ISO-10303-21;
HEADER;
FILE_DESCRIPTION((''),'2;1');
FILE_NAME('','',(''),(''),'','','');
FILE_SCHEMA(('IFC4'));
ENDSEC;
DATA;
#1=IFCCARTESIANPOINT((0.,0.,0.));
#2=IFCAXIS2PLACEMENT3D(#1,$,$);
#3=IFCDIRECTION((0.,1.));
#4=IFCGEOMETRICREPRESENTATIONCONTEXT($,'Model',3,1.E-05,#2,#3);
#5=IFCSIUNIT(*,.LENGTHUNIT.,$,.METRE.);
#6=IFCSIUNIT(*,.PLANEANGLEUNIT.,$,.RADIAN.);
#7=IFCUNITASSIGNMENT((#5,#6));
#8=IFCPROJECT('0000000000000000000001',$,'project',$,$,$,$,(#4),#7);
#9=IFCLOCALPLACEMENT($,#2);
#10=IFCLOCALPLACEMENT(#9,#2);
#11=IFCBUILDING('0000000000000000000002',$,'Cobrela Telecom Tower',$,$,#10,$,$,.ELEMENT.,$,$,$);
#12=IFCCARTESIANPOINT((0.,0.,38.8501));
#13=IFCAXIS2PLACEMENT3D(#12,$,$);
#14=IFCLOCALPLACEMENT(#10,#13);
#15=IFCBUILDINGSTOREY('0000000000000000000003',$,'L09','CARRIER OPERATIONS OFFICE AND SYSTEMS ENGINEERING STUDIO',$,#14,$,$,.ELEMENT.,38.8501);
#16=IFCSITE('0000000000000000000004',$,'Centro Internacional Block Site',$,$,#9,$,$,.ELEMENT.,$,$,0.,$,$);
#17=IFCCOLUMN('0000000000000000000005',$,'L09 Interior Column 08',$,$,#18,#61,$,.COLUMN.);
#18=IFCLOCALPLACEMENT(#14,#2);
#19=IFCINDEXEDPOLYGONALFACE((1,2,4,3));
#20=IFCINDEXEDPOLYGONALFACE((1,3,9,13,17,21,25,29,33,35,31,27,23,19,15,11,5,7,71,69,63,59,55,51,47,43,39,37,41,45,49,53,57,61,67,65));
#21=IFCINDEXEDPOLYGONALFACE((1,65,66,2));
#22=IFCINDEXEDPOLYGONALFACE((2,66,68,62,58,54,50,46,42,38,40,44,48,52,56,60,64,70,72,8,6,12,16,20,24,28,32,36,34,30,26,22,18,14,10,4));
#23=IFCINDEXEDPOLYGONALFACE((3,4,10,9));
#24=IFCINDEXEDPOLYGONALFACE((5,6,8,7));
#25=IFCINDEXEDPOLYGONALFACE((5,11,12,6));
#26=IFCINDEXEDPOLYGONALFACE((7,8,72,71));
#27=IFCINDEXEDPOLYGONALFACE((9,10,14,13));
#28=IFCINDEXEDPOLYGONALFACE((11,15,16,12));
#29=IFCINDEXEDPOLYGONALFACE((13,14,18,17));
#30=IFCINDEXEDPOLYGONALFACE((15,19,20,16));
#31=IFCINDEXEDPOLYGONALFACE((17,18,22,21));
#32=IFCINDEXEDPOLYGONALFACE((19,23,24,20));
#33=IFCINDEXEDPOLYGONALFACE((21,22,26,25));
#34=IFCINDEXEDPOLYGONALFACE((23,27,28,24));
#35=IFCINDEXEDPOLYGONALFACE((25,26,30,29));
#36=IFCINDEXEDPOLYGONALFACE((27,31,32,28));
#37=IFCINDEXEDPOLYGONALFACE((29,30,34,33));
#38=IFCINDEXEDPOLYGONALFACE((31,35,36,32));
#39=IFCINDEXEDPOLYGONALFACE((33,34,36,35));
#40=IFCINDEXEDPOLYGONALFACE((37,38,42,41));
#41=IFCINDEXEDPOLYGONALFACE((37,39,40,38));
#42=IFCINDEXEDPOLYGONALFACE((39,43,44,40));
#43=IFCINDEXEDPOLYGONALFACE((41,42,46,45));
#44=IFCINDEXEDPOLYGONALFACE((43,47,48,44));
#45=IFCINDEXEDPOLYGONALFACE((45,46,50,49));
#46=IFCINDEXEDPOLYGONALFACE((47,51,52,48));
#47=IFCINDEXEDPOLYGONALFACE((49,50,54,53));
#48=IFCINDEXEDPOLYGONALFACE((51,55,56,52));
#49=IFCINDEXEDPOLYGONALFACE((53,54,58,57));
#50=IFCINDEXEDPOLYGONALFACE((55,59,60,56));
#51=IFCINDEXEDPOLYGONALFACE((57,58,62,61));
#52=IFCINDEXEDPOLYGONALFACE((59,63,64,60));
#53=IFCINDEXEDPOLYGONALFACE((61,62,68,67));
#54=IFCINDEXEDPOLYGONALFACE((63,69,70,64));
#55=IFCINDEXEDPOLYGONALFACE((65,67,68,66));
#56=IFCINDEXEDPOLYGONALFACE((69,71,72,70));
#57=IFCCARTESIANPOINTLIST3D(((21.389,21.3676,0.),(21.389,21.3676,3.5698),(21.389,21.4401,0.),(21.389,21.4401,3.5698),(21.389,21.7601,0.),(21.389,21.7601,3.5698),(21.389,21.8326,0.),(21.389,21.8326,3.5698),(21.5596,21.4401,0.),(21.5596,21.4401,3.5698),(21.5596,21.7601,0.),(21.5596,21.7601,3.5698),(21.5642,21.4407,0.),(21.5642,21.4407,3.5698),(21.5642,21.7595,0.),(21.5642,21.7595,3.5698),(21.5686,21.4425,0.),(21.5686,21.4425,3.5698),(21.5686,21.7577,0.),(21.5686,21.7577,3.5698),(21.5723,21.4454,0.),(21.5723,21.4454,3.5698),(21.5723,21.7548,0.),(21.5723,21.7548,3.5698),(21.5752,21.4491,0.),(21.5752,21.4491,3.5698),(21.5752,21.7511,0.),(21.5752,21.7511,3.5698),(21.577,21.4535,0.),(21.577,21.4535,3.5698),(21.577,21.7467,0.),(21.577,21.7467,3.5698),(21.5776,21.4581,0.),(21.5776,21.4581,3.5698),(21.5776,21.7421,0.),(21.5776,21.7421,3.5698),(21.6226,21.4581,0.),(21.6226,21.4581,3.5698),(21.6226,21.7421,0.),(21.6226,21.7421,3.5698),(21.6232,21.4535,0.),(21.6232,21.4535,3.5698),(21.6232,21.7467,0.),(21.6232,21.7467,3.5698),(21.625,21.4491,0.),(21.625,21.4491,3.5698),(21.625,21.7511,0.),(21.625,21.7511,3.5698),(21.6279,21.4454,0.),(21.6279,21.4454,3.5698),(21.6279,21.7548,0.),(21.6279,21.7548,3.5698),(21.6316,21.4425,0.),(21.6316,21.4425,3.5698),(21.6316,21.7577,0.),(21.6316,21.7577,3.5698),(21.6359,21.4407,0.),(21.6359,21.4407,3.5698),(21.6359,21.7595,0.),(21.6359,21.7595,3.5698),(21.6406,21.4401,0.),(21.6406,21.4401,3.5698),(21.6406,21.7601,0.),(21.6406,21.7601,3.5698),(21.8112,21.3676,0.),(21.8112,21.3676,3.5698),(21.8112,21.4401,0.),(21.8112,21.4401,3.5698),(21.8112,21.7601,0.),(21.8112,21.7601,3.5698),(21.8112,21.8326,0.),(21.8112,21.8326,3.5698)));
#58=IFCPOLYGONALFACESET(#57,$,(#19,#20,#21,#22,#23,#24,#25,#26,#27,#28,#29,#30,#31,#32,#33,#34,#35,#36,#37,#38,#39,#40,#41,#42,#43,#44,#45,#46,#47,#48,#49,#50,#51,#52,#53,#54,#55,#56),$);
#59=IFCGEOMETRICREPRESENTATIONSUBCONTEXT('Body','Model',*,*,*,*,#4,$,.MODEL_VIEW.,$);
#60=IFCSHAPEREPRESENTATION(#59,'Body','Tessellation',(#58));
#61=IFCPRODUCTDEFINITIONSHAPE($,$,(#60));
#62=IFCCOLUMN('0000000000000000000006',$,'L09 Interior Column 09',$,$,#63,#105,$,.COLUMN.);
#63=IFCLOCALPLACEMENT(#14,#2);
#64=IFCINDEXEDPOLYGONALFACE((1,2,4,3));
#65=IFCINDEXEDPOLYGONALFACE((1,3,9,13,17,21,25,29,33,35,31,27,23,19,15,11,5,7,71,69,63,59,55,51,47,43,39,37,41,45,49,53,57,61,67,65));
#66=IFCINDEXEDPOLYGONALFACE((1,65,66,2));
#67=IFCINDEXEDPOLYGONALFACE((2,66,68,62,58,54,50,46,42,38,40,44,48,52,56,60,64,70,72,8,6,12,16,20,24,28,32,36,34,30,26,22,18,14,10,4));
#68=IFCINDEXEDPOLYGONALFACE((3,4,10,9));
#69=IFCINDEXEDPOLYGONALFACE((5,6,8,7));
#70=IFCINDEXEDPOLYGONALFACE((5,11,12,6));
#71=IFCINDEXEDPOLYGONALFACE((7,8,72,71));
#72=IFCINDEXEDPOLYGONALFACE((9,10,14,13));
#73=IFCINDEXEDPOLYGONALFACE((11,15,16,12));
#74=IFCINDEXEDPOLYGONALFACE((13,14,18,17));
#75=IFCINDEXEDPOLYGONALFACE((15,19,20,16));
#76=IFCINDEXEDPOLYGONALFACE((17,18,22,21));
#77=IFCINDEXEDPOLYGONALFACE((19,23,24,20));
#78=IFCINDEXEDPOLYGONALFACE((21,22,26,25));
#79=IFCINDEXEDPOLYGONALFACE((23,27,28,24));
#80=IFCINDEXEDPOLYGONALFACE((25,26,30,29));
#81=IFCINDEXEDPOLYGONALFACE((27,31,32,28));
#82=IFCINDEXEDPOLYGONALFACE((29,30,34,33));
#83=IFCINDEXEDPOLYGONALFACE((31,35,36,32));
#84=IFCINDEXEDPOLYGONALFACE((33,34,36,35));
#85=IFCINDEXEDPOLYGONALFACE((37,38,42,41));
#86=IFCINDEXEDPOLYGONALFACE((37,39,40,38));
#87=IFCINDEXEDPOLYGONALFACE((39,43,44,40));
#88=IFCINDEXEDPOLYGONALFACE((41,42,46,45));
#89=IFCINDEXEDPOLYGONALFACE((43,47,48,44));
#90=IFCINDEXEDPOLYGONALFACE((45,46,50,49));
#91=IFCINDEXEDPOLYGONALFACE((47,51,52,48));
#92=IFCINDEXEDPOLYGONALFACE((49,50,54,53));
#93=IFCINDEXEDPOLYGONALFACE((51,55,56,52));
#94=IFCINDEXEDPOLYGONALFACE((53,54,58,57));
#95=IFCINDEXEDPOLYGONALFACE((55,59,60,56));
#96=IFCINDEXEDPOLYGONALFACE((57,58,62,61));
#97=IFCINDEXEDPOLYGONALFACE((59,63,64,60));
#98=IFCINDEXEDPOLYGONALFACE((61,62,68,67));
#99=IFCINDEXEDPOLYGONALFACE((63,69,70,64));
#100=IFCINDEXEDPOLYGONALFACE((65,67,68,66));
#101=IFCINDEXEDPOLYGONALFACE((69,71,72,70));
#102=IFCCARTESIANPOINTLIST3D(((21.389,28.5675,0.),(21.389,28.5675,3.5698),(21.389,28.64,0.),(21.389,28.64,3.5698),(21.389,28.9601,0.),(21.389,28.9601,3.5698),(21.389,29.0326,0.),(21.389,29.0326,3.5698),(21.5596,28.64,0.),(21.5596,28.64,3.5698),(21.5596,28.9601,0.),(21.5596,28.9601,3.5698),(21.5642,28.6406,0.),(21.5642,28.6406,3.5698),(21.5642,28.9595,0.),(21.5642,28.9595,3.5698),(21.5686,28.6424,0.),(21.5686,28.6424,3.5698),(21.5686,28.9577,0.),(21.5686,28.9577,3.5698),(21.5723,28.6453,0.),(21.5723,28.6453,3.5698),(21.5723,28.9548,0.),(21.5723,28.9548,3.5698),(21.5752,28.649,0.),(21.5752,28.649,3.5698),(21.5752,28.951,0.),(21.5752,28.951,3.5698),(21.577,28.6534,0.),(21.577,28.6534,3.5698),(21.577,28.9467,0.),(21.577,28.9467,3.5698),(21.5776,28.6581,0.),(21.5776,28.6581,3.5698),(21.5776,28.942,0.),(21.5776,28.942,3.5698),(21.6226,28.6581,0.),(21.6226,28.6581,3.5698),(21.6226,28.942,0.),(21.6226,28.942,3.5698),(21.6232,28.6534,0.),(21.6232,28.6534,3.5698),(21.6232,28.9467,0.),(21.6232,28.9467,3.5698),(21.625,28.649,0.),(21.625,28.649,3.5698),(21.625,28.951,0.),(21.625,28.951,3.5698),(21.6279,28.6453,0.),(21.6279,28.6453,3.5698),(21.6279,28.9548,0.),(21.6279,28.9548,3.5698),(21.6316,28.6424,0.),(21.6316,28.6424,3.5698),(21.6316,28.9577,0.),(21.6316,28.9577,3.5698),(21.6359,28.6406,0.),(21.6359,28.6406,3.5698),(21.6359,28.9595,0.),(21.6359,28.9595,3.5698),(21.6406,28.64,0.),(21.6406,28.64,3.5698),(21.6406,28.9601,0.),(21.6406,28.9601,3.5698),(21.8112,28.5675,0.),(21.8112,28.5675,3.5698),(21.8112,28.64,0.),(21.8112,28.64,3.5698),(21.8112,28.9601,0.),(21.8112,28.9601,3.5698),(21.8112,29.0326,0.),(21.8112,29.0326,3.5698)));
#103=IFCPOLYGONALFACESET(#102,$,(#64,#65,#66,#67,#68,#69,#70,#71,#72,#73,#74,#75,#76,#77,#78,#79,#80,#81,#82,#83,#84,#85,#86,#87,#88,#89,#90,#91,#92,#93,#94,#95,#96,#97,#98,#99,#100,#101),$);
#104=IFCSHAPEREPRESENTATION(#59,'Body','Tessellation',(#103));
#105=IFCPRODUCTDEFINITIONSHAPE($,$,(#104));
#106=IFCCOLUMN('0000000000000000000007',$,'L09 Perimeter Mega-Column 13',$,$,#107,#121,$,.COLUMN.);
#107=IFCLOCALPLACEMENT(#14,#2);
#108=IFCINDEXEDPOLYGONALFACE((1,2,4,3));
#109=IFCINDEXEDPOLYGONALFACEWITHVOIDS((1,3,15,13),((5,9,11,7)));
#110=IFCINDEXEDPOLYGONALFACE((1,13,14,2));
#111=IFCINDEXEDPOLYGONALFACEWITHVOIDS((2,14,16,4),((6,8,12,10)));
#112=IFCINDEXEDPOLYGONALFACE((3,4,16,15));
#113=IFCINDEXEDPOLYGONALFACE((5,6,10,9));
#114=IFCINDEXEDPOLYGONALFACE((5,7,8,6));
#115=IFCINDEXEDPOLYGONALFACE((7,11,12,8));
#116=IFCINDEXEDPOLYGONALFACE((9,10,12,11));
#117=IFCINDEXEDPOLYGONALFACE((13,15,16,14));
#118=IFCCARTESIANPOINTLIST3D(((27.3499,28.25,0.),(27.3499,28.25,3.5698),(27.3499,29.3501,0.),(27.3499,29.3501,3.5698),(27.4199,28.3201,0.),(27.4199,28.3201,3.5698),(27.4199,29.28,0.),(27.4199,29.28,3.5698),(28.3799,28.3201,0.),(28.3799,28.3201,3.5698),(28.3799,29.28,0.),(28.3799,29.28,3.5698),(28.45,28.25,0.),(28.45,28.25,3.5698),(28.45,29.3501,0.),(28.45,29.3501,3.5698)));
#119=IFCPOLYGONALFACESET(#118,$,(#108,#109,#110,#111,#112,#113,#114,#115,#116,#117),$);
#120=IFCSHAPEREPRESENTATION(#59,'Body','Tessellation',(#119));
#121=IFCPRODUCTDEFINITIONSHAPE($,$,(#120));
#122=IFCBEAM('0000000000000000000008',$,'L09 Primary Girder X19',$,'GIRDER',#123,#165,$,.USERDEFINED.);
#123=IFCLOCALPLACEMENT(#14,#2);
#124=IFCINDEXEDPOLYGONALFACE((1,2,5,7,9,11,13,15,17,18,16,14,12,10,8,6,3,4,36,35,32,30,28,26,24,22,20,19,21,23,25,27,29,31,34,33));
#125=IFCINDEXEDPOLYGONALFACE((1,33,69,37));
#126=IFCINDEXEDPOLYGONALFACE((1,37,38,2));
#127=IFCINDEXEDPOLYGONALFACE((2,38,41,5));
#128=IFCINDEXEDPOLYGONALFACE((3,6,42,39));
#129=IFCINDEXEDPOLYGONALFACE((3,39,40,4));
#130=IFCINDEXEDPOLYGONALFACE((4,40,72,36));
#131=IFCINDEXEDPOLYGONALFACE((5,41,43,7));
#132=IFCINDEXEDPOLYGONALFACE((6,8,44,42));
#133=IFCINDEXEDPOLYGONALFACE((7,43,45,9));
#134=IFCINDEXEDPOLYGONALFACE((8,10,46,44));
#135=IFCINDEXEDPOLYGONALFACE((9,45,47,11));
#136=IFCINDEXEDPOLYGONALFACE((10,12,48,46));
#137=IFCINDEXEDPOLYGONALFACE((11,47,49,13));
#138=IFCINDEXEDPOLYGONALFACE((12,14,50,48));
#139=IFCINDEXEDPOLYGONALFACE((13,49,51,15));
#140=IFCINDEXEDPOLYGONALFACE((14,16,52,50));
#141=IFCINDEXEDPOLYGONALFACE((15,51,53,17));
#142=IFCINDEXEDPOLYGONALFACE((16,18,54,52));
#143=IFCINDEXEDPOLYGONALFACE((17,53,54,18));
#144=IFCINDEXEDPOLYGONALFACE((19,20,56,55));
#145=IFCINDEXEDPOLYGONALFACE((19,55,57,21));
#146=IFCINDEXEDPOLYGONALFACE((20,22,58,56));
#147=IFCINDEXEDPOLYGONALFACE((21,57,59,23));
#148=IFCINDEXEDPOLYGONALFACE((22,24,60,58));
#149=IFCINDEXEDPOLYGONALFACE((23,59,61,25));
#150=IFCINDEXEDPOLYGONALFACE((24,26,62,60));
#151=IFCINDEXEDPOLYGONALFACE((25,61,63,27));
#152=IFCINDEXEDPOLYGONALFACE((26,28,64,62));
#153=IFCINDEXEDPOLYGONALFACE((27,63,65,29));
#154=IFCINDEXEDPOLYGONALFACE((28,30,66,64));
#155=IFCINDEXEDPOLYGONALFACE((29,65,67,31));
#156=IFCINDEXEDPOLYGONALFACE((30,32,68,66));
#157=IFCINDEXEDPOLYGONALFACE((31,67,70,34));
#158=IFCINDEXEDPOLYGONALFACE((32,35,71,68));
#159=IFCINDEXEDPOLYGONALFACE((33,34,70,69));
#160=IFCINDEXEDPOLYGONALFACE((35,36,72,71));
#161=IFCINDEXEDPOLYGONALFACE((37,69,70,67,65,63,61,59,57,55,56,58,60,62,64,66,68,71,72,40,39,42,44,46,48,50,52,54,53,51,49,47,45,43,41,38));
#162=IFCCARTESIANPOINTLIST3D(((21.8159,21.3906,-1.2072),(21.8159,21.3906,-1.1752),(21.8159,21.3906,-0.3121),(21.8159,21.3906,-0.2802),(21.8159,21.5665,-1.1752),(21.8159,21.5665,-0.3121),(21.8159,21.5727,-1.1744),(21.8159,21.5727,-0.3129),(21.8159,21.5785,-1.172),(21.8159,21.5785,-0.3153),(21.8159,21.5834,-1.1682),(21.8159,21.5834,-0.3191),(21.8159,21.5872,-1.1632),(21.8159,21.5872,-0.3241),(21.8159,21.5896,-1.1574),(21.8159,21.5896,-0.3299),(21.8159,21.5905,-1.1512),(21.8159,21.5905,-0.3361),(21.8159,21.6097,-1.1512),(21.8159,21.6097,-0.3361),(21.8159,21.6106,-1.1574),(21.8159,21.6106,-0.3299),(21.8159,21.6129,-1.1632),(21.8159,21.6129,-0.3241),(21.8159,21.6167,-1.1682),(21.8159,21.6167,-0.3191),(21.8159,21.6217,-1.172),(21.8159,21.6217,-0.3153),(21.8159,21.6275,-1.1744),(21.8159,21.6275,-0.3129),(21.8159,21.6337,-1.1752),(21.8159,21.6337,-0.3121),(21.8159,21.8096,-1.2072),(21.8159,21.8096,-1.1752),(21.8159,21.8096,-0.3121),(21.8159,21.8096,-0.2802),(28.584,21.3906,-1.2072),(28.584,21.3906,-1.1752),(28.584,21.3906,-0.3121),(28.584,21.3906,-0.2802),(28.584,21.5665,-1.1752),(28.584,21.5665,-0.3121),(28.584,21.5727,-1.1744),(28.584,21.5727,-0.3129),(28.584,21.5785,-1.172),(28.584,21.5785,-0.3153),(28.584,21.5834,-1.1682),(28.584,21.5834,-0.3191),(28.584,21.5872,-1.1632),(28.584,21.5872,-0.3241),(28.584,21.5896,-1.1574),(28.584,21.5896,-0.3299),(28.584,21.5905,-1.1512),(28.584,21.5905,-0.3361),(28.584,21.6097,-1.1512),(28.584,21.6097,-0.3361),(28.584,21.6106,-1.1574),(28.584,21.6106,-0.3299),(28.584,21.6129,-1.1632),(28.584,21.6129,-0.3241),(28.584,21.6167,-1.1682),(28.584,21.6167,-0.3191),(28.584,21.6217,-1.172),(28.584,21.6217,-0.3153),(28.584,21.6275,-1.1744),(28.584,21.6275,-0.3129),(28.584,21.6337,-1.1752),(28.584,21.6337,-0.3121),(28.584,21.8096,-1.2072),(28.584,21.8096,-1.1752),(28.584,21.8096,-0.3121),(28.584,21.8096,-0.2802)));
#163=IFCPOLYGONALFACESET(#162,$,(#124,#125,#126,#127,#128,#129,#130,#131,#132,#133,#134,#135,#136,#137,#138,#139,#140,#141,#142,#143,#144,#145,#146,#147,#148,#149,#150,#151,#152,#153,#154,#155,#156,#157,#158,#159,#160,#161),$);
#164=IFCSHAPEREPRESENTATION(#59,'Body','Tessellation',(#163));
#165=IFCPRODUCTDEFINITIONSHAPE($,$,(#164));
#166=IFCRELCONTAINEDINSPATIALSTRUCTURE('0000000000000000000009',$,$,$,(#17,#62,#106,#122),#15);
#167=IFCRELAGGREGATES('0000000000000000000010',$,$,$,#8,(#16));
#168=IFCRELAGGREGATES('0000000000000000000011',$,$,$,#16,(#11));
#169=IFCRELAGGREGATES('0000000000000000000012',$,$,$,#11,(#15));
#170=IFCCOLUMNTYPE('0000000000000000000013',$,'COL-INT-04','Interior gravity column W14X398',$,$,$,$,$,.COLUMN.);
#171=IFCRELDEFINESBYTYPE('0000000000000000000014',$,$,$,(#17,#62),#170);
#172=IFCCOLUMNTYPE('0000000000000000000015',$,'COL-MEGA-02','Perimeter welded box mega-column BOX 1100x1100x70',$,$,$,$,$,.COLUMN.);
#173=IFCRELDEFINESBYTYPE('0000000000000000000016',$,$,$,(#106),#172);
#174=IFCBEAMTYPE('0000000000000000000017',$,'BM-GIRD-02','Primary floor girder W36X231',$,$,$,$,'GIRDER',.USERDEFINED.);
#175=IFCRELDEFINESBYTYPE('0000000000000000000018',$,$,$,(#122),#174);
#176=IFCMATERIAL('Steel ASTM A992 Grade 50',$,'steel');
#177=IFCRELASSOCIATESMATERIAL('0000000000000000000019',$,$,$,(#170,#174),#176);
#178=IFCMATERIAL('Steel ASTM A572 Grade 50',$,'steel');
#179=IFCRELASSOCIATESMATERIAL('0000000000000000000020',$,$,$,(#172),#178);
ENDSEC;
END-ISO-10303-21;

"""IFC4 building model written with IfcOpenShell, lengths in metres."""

from ifc_helpers import new_model, si_unit, direction, frame, origin, origin_2d, place, context, subcontext, project, spatial, hollow_rectangle, i_section, extrude, material, material_profile, profile_set, type_object, element, save


model = new_model("IFC4")

# Units and contexts
model_context = context("Model", 3, precision=1e-05, world=origin(), true_north=direction((0.0, 1.0)))
body_context = subcontext(model_context, "Body", "Model", "MODEL_VIEW")
ifc_project = project(units=[si_unit("LENGTHUNIT", "METRE"), si_unit("PLANEANGLEUNIT", "RADIAN")], contexts=[model_context])

# Site, building, storey
site_placement = place(None, origin())
site = spatial("IfcSite", under=ifc_project, at=site_placement, Name="Centro Internacional Block Site", CompositionType="ELEMENT", RefElevation=0.0)
building_placement = place(site_placement, origin())
building = spatial("IfcBuilding", under=site, at=building_placement, Name="Cobrela Telecom Tower", CompositionType="ELEMENT")
storey_placement = place(building_placement, frame((0.0, 0.0, 38.8501)))
storey = spatial("IfcBuildingStorey", under=building, at=storey_placement, Name="L09", Description="CARRIER OPERATIONS OFFICE AND SYSTEMS ENGINEERING STUDIO", CompositionType="ELEMENT", Elevation=38.8501)

# Columns
ifc_material_1 = material(Name="Steel ASTM A992 Grade 50", Category="steel")
ifc_material_profile_1 = material_profile(ifc_material_1, i_section(OverallWidth=0.4221, OverallDepth=0.4651, WebThickness=0.0449, FlangeThickness=0.0725, FilletRadius=0.0181, at=origin_2d()), Name="W14X398")
ifc_profile_set_1 = profile_set([ifc_material_profile_1], Name="Steel ASTM A992 Grade 50")
column_type_1 = type_object("IfcColumnType", Name="COL-INT-04", Description="Interior gravity column W14X398", PredefinedType="COLUMN", material=ifc_profile_set_1)
for number, where, z_axis, x_axis, name in (
    (1, (21.6001, 21.6001, 0.0), (0.0, 0.0, 1.0), (1.0, 0.0, 0.0), "L09 Interior Column 08"),
    (2, (21.6001, 28.8, 0.0), (0.0, 0.0, 1.0), (1.0, 0.0, 0.0), "L09 Interior Column 09"),
):
    element("IfcColumn", number, at=place(storey_placement, frame(where, z_axis=z_axis, x_axis=x_axis)), inside=storey, type_object=column_type_1, Name=name, PredefinedType="COLUMN", context=body_context, shape_type="SweptSolid", body=[
        extrude(i_section(OverallWidth=0.4221, OverallDepth=0.4651, WebThickness=0.0449, FlangeThickness=0.0725, FilletRadius=0.0181, at=origin_2d()), origin(), (0.0, 0.0, 1.0), 3.5698),
    ])
ifc_material_2 = material(Name="Steel ASTM A572 Grade 50", Category="steel")
ifc_material_profile_2 = material_profile(ifc_material_2, hollow_rectangle(XDim=1.1001, YDim=1.1001, WallThickness=0.0701, at=origin_2d()), Name="BOX 1100x1100x70")
ifc_profile_set_2 = profile_set([ifc_material_profile_2], Name="Steel ASTM A572 Grade 50")
column_type_2 = type_object("IfcColumnType", Name="COL-MEGA-02", Description="Perimeter welded box mega-column BOX 1100x1100x70", PredefinedType="COLUMN", material=ifc_profile_set_2)
column_placement = place(storey_placement, frame((27.8999, 28.8, 0.0), z_axis=(0.0, 0.0, 1.0), x_axis=(1.0, 0.0, 0.0)))
element("IfcColumn", 3, at=column_placement, inside=storey, type_object=column_type_2, Name="L09 Perimeter Mega-Column 13", PredefinedType="COLUMN", context=body_context, shape_type="SweptSolid", body=[
    extrude(hollow_rectangle(XDim=1.1001, YDim=1.1001, WallThickness=0.0701, at=origin_2d()), origin(), (0.0, 0.0, 1.0), 3.5698),
])

# Beam
ifc_material_profile_3 = material_profile(ifc_material_1, i_section(OverallWidth=0.4189, OverallDepth=0.927, WebThickness=0.0193, FlangeThickness=0.032, FilletRadius=0.0239, at=origin_2d()), Name="W36X231")
ifc_profile_set_3 = profile_set([ifc_material_profile_3], Name="Steel ASTM A992 Grade 50")
beam_type_1 = type_object("IfcBeamType", Name="BM-GIRD-02", Description="Primary floor girder W36X231", ElementType="GIRDER", PredefinedType="USERDEFINED", material=ifc_profile_set_3)
beam_1_placement = place(storey_placement, frame((21.8159, 21.6001, -0.7437), z_axis=(1.0, 0.0, 0.0), x_axis=(0.0, 1.0, 0.0)))
element("IfcBeam", 4, at=beam_1_placement, inside=storey, type_object=beam_type_1, Name="L09 Primary Girder X19", ObjectType="GIRDER", PredefinedType="USERDEFINED", context=body_context, shape_type="SweptSolid", body=[
    extrude(i_section(OverallWidth=0.4189, OverallDepth=0.927, WebThickness=0.0193, FlangeThickness=0.032, FilletRadius=0.0239, at=origin_2d()), origin(), (0.0, 0.0, 1.0), 6.7681),
])

save(model, "model.ifc")
